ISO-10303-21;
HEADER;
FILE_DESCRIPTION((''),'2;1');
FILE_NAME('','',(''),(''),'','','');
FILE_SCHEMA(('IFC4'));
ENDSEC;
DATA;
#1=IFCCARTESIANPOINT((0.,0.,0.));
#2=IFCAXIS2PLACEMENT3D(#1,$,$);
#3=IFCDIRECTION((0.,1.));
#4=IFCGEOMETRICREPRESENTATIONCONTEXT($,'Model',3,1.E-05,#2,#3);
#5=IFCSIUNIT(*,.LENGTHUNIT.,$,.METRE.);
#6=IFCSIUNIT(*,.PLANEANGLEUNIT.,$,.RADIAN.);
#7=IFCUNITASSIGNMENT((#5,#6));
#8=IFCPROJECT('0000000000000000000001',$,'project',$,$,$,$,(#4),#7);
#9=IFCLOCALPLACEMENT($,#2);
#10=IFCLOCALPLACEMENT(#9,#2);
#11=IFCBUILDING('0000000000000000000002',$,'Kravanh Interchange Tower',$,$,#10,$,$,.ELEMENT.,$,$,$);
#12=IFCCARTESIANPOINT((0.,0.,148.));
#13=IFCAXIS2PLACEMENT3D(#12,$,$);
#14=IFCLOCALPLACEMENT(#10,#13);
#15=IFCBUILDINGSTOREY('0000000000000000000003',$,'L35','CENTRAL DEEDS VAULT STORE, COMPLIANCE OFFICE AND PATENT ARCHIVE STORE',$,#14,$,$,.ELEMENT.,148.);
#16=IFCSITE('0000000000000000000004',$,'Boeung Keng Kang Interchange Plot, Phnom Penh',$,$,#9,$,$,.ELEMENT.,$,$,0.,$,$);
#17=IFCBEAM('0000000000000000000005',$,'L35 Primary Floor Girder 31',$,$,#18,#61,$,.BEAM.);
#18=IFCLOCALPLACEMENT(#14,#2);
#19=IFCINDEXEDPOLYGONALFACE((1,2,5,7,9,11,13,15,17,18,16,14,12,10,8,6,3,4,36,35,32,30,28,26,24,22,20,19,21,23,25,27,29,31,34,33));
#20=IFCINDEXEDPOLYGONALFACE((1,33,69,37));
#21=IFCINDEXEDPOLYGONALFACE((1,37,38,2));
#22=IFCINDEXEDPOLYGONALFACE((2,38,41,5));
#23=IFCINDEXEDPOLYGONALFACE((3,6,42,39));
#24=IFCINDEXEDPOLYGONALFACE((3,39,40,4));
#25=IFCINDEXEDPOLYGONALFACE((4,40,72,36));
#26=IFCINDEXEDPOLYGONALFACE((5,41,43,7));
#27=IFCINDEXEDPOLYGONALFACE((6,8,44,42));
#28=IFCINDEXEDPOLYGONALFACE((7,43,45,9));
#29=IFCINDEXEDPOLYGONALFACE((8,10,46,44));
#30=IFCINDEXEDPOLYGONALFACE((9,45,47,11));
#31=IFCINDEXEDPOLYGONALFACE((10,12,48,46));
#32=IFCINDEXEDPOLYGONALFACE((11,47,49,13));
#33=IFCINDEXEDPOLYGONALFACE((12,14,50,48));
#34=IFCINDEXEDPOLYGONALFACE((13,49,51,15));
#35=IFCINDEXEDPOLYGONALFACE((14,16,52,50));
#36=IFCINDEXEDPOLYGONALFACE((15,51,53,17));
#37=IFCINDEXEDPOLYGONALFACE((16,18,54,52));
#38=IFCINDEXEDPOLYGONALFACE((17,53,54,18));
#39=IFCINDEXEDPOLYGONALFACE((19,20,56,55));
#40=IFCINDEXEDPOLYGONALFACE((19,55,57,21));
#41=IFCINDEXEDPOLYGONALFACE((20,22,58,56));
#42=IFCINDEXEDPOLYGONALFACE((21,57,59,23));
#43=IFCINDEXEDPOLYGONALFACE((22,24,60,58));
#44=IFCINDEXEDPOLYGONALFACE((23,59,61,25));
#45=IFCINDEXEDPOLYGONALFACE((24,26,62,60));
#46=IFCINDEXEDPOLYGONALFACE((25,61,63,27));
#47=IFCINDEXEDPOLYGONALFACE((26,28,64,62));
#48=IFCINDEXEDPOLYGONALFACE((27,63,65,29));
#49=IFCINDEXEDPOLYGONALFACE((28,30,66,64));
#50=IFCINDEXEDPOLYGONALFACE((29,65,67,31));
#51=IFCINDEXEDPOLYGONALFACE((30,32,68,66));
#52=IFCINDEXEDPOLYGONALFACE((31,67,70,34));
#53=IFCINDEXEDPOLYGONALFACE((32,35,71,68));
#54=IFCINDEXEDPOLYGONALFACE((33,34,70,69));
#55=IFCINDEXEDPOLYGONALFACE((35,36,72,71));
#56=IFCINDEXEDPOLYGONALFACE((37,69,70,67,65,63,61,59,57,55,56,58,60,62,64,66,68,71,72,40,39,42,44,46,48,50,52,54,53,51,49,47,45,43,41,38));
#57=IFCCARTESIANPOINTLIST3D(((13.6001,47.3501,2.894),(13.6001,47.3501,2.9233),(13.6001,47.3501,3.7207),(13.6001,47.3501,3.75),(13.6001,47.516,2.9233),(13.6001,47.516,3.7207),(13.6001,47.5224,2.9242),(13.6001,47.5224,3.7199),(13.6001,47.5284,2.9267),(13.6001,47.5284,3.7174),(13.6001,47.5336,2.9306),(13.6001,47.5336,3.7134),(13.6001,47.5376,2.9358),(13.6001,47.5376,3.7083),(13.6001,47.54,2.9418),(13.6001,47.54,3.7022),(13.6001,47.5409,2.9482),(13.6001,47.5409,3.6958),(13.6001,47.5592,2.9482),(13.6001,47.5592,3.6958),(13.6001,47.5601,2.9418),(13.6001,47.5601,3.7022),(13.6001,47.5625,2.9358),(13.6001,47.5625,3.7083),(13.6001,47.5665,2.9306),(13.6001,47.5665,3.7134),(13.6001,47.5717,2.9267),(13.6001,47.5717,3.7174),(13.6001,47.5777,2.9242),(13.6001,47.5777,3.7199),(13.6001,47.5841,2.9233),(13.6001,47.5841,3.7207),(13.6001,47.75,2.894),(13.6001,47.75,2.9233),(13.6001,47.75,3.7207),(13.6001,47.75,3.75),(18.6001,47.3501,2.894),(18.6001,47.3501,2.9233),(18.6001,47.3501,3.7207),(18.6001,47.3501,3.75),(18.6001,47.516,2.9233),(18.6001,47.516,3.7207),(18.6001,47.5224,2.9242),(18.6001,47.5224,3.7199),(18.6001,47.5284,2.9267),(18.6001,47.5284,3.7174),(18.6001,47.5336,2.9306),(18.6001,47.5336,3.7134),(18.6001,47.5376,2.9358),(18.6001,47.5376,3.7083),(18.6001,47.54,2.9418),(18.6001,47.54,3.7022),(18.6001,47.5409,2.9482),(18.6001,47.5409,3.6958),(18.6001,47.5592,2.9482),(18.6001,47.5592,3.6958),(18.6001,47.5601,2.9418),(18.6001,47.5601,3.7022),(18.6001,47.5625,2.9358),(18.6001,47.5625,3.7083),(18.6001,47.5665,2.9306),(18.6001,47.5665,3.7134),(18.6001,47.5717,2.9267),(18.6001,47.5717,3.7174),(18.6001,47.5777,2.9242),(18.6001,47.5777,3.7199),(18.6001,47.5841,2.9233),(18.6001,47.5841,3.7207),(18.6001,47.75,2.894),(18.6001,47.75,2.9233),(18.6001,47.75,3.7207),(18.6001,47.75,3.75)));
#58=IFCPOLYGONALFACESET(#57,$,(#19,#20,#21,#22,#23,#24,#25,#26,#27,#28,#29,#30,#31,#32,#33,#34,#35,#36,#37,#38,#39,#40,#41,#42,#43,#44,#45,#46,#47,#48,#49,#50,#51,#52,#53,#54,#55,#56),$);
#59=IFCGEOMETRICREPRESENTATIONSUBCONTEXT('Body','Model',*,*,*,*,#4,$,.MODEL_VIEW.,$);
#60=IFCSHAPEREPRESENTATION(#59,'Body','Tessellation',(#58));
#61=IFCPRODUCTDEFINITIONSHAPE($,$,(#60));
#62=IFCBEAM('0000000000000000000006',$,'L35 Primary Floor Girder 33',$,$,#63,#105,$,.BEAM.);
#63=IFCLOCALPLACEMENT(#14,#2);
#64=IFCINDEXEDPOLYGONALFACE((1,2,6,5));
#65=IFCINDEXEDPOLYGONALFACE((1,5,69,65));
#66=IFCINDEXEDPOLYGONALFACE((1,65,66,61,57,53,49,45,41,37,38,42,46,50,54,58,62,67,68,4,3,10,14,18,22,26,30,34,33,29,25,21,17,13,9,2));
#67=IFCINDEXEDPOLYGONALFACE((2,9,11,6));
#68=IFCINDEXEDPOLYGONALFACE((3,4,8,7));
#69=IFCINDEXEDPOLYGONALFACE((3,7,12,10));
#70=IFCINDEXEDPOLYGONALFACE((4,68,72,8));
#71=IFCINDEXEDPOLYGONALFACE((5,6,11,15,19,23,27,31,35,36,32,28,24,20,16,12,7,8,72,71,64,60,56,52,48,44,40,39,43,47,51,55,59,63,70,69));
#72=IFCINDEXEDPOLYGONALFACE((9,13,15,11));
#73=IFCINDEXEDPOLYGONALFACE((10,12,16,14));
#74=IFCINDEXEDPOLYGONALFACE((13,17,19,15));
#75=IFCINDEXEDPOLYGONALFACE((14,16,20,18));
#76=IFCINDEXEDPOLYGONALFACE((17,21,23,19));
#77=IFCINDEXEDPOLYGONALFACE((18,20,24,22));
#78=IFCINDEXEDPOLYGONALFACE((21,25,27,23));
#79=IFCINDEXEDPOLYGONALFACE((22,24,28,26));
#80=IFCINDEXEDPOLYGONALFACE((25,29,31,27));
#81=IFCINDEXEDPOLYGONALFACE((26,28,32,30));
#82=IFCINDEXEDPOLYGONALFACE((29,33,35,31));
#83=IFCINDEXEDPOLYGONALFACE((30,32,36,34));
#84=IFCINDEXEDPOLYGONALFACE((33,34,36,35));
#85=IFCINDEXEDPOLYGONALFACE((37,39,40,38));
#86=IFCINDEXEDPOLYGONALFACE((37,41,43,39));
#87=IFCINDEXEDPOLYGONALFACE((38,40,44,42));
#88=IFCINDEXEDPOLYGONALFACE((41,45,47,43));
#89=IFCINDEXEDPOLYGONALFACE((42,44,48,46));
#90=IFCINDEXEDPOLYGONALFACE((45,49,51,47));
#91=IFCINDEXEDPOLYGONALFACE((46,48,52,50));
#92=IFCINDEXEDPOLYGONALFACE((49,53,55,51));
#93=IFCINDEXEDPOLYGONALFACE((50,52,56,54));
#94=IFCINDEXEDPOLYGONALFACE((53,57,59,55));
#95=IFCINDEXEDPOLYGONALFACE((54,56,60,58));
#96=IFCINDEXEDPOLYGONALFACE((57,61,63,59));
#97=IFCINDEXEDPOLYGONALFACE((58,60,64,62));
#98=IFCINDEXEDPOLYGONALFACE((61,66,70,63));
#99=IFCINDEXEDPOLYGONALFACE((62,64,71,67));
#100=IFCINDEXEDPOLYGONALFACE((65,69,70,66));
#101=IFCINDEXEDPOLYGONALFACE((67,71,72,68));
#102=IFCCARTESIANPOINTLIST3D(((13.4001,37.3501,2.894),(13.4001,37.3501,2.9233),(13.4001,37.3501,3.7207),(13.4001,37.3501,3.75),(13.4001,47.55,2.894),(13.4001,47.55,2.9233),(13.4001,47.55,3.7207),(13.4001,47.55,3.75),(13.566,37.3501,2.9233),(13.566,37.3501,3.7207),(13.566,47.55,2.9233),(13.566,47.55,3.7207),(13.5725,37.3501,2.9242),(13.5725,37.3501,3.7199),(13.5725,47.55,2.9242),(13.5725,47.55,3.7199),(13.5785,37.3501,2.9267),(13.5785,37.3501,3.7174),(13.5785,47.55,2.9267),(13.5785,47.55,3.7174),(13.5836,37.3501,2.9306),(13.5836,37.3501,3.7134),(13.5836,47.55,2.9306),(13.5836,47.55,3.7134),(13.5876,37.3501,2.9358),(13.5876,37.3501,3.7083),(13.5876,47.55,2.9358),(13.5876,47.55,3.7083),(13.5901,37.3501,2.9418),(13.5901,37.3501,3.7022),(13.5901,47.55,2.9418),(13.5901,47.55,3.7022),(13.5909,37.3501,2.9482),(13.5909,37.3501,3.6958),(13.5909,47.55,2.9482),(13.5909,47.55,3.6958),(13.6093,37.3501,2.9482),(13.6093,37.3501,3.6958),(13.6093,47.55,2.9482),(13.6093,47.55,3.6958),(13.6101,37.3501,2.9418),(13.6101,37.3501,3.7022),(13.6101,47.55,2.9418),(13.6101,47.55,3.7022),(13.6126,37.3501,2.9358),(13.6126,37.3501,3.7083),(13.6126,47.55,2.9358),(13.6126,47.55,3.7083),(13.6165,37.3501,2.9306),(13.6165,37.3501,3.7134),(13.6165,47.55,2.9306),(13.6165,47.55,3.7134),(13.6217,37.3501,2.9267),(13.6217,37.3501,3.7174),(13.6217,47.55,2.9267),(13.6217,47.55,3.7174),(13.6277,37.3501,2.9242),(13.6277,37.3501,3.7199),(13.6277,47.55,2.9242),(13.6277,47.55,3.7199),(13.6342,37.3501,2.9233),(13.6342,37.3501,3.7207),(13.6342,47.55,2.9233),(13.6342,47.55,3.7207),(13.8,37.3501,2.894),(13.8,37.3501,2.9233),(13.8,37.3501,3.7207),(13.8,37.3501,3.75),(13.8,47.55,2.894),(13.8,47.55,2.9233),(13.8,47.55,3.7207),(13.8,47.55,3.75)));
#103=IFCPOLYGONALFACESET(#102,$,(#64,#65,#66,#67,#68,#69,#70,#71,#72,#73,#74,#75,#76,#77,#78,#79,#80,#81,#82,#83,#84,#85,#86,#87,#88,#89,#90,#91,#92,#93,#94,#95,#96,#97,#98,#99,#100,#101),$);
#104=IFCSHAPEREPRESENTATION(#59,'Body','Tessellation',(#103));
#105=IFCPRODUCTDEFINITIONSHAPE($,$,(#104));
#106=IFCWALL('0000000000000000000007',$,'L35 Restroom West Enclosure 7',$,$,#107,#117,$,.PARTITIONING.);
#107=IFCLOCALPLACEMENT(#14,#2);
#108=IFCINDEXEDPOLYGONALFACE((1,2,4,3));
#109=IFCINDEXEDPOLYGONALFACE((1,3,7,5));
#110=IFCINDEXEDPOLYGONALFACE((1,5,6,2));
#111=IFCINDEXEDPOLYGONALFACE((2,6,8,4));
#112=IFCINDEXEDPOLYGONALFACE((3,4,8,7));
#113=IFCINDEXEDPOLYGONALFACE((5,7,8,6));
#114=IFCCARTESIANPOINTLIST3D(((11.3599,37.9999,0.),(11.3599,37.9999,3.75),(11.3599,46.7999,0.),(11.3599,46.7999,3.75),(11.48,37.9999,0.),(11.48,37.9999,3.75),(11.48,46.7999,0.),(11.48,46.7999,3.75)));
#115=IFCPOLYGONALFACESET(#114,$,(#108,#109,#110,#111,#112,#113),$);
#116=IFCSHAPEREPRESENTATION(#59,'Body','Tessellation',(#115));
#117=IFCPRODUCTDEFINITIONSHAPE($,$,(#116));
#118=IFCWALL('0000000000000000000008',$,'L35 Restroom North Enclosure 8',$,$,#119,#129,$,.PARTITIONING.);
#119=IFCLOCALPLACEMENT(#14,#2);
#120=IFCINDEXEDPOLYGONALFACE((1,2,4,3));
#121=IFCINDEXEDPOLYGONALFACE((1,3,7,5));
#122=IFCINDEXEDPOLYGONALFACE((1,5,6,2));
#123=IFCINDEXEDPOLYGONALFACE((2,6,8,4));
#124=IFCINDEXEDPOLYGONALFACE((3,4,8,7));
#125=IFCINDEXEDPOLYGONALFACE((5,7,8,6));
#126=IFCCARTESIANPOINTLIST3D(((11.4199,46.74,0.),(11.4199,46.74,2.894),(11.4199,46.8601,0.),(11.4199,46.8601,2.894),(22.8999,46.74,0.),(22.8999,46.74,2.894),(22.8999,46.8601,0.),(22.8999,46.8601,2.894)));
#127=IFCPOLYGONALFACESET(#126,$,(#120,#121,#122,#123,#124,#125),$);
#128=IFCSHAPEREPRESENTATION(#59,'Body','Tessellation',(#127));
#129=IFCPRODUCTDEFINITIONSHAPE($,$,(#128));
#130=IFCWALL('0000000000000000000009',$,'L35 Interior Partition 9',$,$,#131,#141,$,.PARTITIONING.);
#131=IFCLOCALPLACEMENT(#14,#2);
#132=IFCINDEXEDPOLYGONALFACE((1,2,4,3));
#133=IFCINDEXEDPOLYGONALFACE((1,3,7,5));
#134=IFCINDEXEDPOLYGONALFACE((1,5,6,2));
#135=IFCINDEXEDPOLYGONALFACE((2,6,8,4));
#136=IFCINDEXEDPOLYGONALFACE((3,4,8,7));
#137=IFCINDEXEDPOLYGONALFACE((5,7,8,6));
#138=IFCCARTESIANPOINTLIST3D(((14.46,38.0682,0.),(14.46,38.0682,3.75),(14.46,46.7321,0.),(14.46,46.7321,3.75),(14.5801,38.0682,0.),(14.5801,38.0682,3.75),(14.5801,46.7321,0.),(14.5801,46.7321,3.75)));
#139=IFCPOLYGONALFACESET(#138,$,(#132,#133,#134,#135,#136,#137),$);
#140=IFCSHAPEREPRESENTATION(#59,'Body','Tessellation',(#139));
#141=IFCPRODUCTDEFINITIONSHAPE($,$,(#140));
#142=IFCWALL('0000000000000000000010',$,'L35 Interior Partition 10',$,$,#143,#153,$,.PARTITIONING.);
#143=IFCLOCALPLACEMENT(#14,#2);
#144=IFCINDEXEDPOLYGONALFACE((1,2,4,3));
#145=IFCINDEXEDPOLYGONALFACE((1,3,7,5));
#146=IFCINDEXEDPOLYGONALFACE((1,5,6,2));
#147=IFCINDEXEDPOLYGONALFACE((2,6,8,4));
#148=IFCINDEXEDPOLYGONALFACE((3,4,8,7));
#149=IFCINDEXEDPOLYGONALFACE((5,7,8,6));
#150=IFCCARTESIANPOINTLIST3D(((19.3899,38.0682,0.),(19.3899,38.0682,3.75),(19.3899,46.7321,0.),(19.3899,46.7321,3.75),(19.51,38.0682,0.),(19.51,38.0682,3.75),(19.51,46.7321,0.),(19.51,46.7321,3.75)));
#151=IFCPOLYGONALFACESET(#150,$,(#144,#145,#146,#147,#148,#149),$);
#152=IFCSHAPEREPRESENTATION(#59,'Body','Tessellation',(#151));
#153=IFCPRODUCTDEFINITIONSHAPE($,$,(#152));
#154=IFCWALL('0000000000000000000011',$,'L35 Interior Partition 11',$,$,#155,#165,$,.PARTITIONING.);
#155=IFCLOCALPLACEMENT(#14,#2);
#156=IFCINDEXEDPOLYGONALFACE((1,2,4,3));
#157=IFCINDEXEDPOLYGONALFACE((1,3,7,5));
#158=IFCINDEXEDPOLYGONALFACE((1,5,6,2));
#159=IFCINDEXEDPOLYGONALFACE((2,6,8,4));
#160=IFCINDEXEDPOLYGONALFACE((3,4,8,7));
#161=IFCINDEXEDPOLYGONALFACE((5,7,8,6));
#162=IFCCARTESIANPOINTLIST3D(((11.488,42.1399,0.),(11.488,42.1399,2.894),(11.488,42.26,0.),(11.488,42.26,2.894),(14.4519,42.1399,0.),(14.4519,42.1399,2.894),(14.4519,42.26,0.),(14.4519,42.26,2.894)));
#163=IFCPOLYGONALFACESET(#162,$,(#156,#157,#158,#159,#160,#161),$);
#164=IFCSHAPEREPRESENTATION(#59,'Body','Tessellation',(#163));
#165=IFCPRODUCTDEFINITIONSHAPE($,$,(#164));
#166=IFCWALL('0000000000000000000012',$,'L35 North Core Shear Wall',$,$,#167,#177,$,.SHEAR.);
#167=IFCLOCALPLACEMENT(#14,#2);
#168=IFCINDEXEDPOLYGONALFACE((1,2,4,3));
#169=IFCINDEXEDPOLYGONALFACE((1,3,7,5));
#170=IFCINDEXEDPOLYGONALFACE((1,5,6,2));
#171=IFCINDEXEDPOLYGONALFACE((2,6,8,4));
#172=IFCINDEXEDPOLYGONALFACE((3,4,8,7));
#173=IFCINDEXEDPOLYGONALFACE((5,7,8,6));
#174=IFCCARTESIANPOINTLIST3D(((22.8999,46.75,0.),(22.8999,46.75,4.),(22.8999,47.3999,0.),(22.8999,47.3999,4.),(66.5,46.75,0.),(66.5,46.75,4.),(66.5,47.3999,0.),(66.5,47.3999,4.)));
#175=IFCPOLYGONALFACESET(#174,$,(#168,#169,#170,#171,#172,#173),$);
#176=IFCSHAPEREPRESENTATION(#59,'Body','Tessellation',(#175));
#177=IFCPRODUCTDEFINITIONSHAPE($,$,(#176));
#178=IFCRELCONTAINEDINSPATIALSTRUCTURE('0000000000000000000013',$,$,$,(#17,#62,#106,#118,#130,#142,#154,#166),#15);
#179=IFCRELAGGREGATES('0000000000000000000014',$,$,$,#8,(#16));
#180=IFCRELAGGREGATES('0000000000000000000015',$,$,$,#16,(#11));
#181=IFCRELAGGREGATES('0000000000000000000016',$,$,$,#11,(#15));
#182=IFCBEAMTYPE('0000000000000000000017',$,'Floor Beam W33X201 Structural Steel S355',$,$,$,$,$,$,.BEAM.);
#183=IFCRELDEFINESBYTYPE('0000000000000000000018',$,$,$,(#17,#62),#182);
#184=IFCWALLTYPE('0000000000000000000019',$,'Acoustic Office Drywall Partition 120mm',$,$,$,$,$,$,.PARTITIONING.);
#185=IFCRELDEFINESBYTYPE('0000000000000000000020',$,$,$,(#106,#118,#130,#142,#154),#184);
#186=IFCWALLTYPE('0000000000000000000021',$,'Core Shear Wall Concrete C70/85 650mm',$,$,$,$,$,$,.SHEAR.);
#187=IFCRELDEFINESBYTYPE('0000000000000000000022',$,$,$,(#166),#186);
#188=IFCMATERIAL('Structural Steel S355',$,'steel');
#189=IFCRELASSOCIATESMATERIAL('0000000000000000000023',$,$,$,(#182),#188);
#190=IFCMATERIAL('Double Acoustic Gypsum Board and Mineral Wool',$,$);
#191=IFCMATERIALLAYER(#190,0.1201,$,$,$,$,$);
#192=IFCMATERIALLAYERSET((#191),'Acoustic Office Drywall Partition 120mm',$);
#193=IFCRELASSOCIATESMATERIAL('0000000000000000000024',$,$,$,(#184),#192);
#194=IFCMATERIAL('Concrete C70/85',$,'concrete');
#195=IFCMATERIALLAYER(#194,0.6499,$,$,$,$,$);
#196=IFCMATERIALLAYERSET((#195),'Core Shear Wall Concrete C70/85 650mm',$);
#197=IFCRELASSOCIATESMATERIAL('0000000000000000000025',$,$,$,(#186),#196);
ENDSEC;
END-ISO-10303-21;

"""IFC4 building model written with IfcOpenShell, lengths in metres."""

from ifc_helpers import new_model, si_unit, direction, frame, frame_2d, origin, origin_2d, place, context, subcontext, project, spatial, rectangle, i_section, extrude, material, layer, layer_set, material_profile, profile_set, type_object, element, save


model = new_model("IFC4")

# Units and contexts
model_context = context("Model", 3, precision=1e-05, world=origin(), true_north=direction((0.0, 1.0)))
body_context = subcontext(model_context, "Body", "Model", "MODEL_VIEW")
ifc_project = project(units=[si_unit("LENGTHUNIT", "METRE"), si_unit("PLANEANGLEUNIT", "RADIAN")], contexts=[model_context])

# Site, building, storey
site_placement = place(None, origin())
site = spatial("IfcSite", under=ifc_project, at=site_placement, Name="Boeung Keng Kang Interchange Plot, Phnom Penh", CompositionType="ELEMENT", RefElevation=0.0)
building_placement = place(site_placement, origin())
building = spatial("IfcBuilding", under=site, at=building_placement, Name="Kravanh Interchange Tower", CompositionType="ELEMENT")
storey_placement = place(building_placement, frame((0.0, 0.0, 148.0)))
storey = spatial("IfcBuildingStorey", under=building, at=storey_placement, Name="L35", Description="CENTRAL DEEDS VAULT STORE, COMPLIANCE OFFICE AND PATENT ARCHIVE STORE", CompositionType="ELEMENT", Elevation=148.0)

# Beams
ifc_material_1 = material(Name="Structural Steel S355", Category="steel")
ifc_material_profile_1 = material_profile(ifc_material_1, i_section(OverallWidth=0.3999, OverallDepth=0.856, WebThickness=0.0183, FlangeThickness=0.0293, FilletRadius=0.0249, at=origin_2d()), Name="W33X201")
ifc_profile_set_1 = profile_set([ifc_material_profile_1], Name="Structural Steel S355")
beam_type = type_object("IfcBeamType", Name="Floor Beam W33X201 Structural Steel S355", PredefinedType="BEAM", material=ifc_profile_set_1)
beam_1_placement = place(storey_placement, frame((18.6001, 47.55, 3.322), z_axis=(-1.0, 0.0, 0.0), x_axis=(0.0, -1.0, 0.0)))
element("IfcBeam", 1, at=beam_1_placement, inside=storey, type_object=beam_type, Name="L35 Primary Floor Girder 31", PredefinedType="BEAM", context=body_context, shape_type="SweptSolid", body=[
    extrude(i_section(OverallWidth=0.3999, OverallDepth=0.856, WebThickness=0.0183, FlangeThickness=0.0293, FilletRadius=0.0249, at=origin_2d()), origin(), (0.0, 0.0, 1.0), 5.0),
])
beam_2_placement = place(storey_placement, frame((13.6001, 37.3501, 3.322), z_axis=(0.0, 1.0, 0.0), x_axis=(-1.0, 0.0, 0.0)))
element("IfcBeam", 2, at=beam_2_placement, inside=storey, type_object=beam_type, Name="L35 Primary Floor Girder 33", PredefinedType="BEAM", context=body_context, shape_type="SweptSolid", body=[
    extrude(i_section(OverallWidth=0.3999, OverallDepth=0.856, WebThickness=0.0183, FlangeThickness=0.0293, FilletRadius=0.0249, at=origin_2d()), origin(), (0.0, 0.0, 1.0), 10.2),
])

# Shared definitions
ifc_material_2 = material(Name="Double Acoustic Gypsum Board and Mineral Wool")
ifc_layer_1 = layer(ifc_material_2, 0.1201)
ifc_layer_set_1 = layer_set([ifc_layer_1], Name="Acoustic Office Drywall Partition 120mm")
wall_type_1 = type_object("IfcWallType", Name="Acoustic Office Drywall Partition 120mm", PredefinedType="PARTITIONING", material=ifc_layer_set_1)

# Walls
wall_1_placement = place(storey_placement, frame((11.4199, 38.0, 0.0), z_axis=(0.0, 0.0, 1.0), x_axis=(0.0, 1.0, 0.0)))
element("IfcWall", 3, at=wall_1_placement, inside=storey, type_object=wall_type_1, Name="L35 Restroom West Enclosure 7", PredefinedType="PARTITIONING", context=body_context, shape_type="SweptSolid", body=[
    extrude(rectangle(XDim=8.8, YDim=0.1201, at=frame_2d((4.3999, 0.0))), origin(), (0.0, 0.0, 1.0), 3.75),
])
wall_2_placement = place(storey_placement, frame((11.4199, 46.8, 0.0), z_axis=(0.0, 0.0, 1.0), x_axis=(1.0, 0.0, 0.0)))
element("IfcWall", 4, at=wall_2_placement, inside=storey, type_object=wall_type_1, Name="L35 Restroom North Enclosure 8", PredefinedType="PARTITIONING", context=body_context, shape_type="SweptSolid", body=[
    extrude(rectangle(XDim=11.48, YDim=0.1201, at=frame_2d((5.74, 0.0))), origin(), (0.0, 0.0, 1.0), 2.894),
])
for number, where, z_axis, x_axis, name in (
    (5, (14.52, 38.0681, 0.0), (0.0, 0.0, 1.0), (0.0, 1.0, 0.0), "L35 Interior Partition 9"),
    (6, (19.45, 38.0681, 0.0), (0.0, 0.0, 1.0), (0.0, 1.0, 0.0), "L35 Interior Partition 10"),
):
    element("IfcWall", number, at=place(storey_placement, frame(where, z_axis=z_axis, x_axis=x_axis)), inside=storey, type_object=wall_type_1, Name=name, PredefinedType="PARTITIONING", context=body_context, shape_type="SweptSolid", body=[
        extrude(rectangle(XDim=8.6638, YDim=0.1201, at=frame_2d((4.332, 0.0))), origin(), (0.0, 0.0, 1.0), 3.75),
    ])
wall_3_placement = place(storey_placement, frame((11.488, 42.2, 0.0), z_axis=(0.0, 0.0, 1.0), x_axis=(1.0, 0.0, 0.0)))
element("IfcWall", 7, at=wall_3_placement, inside=storey, type_object=wall_type_1, Name="L35 Interior Partition 11", PredefinedType="PARTITIONING", context=body_context, shape_type="SweptSolid", body=[
    extrude(rectangle(XDim=2.9639, YDim=0.1201, at=frame_2d((1.4819, 0.0))), origin(), (0.0, 0.0, 1.0), 2.894),
])
ifc_material_3 = material(Name="Concrete C70/85", Category="concrete")
ifc_layer_2 = layer(ifc_material_3, 0.6499)
ifc_layer_set_2 = layer_set([ifc_layer_2], Name="Core Shear Wall Concrete C70/85 650mm")
wall_type_2 = type_object("IfcWallType", Name="Core Shear Wall Concrete C70/85 650mm", PredefinedType="SHEAR", material=ifc_layer_set_2)
wall_4_placement = place(storey_placement, frame((22.8999, 47.075, 0.0), z_axis=(0.0, 0.0, 1.0), x_axis=(1.0, 0.0, 0.0)))
element("IfcWall", 8, at=wall_4_placement, inside=storey, type_object=wall_type_2, Name="L35 North Core Shear Wall", PredefinedType="SHEAR", context=body_context, shape_type="SweptSolid", body=[
    extrude(rectangle(XDim=43.6001, YDim=0.6499, at=frame_2d((21.8, 0.0))), origin(), (0.0, 0.0, 1.0), 4.0),
])

save(model, "model.ifc")
